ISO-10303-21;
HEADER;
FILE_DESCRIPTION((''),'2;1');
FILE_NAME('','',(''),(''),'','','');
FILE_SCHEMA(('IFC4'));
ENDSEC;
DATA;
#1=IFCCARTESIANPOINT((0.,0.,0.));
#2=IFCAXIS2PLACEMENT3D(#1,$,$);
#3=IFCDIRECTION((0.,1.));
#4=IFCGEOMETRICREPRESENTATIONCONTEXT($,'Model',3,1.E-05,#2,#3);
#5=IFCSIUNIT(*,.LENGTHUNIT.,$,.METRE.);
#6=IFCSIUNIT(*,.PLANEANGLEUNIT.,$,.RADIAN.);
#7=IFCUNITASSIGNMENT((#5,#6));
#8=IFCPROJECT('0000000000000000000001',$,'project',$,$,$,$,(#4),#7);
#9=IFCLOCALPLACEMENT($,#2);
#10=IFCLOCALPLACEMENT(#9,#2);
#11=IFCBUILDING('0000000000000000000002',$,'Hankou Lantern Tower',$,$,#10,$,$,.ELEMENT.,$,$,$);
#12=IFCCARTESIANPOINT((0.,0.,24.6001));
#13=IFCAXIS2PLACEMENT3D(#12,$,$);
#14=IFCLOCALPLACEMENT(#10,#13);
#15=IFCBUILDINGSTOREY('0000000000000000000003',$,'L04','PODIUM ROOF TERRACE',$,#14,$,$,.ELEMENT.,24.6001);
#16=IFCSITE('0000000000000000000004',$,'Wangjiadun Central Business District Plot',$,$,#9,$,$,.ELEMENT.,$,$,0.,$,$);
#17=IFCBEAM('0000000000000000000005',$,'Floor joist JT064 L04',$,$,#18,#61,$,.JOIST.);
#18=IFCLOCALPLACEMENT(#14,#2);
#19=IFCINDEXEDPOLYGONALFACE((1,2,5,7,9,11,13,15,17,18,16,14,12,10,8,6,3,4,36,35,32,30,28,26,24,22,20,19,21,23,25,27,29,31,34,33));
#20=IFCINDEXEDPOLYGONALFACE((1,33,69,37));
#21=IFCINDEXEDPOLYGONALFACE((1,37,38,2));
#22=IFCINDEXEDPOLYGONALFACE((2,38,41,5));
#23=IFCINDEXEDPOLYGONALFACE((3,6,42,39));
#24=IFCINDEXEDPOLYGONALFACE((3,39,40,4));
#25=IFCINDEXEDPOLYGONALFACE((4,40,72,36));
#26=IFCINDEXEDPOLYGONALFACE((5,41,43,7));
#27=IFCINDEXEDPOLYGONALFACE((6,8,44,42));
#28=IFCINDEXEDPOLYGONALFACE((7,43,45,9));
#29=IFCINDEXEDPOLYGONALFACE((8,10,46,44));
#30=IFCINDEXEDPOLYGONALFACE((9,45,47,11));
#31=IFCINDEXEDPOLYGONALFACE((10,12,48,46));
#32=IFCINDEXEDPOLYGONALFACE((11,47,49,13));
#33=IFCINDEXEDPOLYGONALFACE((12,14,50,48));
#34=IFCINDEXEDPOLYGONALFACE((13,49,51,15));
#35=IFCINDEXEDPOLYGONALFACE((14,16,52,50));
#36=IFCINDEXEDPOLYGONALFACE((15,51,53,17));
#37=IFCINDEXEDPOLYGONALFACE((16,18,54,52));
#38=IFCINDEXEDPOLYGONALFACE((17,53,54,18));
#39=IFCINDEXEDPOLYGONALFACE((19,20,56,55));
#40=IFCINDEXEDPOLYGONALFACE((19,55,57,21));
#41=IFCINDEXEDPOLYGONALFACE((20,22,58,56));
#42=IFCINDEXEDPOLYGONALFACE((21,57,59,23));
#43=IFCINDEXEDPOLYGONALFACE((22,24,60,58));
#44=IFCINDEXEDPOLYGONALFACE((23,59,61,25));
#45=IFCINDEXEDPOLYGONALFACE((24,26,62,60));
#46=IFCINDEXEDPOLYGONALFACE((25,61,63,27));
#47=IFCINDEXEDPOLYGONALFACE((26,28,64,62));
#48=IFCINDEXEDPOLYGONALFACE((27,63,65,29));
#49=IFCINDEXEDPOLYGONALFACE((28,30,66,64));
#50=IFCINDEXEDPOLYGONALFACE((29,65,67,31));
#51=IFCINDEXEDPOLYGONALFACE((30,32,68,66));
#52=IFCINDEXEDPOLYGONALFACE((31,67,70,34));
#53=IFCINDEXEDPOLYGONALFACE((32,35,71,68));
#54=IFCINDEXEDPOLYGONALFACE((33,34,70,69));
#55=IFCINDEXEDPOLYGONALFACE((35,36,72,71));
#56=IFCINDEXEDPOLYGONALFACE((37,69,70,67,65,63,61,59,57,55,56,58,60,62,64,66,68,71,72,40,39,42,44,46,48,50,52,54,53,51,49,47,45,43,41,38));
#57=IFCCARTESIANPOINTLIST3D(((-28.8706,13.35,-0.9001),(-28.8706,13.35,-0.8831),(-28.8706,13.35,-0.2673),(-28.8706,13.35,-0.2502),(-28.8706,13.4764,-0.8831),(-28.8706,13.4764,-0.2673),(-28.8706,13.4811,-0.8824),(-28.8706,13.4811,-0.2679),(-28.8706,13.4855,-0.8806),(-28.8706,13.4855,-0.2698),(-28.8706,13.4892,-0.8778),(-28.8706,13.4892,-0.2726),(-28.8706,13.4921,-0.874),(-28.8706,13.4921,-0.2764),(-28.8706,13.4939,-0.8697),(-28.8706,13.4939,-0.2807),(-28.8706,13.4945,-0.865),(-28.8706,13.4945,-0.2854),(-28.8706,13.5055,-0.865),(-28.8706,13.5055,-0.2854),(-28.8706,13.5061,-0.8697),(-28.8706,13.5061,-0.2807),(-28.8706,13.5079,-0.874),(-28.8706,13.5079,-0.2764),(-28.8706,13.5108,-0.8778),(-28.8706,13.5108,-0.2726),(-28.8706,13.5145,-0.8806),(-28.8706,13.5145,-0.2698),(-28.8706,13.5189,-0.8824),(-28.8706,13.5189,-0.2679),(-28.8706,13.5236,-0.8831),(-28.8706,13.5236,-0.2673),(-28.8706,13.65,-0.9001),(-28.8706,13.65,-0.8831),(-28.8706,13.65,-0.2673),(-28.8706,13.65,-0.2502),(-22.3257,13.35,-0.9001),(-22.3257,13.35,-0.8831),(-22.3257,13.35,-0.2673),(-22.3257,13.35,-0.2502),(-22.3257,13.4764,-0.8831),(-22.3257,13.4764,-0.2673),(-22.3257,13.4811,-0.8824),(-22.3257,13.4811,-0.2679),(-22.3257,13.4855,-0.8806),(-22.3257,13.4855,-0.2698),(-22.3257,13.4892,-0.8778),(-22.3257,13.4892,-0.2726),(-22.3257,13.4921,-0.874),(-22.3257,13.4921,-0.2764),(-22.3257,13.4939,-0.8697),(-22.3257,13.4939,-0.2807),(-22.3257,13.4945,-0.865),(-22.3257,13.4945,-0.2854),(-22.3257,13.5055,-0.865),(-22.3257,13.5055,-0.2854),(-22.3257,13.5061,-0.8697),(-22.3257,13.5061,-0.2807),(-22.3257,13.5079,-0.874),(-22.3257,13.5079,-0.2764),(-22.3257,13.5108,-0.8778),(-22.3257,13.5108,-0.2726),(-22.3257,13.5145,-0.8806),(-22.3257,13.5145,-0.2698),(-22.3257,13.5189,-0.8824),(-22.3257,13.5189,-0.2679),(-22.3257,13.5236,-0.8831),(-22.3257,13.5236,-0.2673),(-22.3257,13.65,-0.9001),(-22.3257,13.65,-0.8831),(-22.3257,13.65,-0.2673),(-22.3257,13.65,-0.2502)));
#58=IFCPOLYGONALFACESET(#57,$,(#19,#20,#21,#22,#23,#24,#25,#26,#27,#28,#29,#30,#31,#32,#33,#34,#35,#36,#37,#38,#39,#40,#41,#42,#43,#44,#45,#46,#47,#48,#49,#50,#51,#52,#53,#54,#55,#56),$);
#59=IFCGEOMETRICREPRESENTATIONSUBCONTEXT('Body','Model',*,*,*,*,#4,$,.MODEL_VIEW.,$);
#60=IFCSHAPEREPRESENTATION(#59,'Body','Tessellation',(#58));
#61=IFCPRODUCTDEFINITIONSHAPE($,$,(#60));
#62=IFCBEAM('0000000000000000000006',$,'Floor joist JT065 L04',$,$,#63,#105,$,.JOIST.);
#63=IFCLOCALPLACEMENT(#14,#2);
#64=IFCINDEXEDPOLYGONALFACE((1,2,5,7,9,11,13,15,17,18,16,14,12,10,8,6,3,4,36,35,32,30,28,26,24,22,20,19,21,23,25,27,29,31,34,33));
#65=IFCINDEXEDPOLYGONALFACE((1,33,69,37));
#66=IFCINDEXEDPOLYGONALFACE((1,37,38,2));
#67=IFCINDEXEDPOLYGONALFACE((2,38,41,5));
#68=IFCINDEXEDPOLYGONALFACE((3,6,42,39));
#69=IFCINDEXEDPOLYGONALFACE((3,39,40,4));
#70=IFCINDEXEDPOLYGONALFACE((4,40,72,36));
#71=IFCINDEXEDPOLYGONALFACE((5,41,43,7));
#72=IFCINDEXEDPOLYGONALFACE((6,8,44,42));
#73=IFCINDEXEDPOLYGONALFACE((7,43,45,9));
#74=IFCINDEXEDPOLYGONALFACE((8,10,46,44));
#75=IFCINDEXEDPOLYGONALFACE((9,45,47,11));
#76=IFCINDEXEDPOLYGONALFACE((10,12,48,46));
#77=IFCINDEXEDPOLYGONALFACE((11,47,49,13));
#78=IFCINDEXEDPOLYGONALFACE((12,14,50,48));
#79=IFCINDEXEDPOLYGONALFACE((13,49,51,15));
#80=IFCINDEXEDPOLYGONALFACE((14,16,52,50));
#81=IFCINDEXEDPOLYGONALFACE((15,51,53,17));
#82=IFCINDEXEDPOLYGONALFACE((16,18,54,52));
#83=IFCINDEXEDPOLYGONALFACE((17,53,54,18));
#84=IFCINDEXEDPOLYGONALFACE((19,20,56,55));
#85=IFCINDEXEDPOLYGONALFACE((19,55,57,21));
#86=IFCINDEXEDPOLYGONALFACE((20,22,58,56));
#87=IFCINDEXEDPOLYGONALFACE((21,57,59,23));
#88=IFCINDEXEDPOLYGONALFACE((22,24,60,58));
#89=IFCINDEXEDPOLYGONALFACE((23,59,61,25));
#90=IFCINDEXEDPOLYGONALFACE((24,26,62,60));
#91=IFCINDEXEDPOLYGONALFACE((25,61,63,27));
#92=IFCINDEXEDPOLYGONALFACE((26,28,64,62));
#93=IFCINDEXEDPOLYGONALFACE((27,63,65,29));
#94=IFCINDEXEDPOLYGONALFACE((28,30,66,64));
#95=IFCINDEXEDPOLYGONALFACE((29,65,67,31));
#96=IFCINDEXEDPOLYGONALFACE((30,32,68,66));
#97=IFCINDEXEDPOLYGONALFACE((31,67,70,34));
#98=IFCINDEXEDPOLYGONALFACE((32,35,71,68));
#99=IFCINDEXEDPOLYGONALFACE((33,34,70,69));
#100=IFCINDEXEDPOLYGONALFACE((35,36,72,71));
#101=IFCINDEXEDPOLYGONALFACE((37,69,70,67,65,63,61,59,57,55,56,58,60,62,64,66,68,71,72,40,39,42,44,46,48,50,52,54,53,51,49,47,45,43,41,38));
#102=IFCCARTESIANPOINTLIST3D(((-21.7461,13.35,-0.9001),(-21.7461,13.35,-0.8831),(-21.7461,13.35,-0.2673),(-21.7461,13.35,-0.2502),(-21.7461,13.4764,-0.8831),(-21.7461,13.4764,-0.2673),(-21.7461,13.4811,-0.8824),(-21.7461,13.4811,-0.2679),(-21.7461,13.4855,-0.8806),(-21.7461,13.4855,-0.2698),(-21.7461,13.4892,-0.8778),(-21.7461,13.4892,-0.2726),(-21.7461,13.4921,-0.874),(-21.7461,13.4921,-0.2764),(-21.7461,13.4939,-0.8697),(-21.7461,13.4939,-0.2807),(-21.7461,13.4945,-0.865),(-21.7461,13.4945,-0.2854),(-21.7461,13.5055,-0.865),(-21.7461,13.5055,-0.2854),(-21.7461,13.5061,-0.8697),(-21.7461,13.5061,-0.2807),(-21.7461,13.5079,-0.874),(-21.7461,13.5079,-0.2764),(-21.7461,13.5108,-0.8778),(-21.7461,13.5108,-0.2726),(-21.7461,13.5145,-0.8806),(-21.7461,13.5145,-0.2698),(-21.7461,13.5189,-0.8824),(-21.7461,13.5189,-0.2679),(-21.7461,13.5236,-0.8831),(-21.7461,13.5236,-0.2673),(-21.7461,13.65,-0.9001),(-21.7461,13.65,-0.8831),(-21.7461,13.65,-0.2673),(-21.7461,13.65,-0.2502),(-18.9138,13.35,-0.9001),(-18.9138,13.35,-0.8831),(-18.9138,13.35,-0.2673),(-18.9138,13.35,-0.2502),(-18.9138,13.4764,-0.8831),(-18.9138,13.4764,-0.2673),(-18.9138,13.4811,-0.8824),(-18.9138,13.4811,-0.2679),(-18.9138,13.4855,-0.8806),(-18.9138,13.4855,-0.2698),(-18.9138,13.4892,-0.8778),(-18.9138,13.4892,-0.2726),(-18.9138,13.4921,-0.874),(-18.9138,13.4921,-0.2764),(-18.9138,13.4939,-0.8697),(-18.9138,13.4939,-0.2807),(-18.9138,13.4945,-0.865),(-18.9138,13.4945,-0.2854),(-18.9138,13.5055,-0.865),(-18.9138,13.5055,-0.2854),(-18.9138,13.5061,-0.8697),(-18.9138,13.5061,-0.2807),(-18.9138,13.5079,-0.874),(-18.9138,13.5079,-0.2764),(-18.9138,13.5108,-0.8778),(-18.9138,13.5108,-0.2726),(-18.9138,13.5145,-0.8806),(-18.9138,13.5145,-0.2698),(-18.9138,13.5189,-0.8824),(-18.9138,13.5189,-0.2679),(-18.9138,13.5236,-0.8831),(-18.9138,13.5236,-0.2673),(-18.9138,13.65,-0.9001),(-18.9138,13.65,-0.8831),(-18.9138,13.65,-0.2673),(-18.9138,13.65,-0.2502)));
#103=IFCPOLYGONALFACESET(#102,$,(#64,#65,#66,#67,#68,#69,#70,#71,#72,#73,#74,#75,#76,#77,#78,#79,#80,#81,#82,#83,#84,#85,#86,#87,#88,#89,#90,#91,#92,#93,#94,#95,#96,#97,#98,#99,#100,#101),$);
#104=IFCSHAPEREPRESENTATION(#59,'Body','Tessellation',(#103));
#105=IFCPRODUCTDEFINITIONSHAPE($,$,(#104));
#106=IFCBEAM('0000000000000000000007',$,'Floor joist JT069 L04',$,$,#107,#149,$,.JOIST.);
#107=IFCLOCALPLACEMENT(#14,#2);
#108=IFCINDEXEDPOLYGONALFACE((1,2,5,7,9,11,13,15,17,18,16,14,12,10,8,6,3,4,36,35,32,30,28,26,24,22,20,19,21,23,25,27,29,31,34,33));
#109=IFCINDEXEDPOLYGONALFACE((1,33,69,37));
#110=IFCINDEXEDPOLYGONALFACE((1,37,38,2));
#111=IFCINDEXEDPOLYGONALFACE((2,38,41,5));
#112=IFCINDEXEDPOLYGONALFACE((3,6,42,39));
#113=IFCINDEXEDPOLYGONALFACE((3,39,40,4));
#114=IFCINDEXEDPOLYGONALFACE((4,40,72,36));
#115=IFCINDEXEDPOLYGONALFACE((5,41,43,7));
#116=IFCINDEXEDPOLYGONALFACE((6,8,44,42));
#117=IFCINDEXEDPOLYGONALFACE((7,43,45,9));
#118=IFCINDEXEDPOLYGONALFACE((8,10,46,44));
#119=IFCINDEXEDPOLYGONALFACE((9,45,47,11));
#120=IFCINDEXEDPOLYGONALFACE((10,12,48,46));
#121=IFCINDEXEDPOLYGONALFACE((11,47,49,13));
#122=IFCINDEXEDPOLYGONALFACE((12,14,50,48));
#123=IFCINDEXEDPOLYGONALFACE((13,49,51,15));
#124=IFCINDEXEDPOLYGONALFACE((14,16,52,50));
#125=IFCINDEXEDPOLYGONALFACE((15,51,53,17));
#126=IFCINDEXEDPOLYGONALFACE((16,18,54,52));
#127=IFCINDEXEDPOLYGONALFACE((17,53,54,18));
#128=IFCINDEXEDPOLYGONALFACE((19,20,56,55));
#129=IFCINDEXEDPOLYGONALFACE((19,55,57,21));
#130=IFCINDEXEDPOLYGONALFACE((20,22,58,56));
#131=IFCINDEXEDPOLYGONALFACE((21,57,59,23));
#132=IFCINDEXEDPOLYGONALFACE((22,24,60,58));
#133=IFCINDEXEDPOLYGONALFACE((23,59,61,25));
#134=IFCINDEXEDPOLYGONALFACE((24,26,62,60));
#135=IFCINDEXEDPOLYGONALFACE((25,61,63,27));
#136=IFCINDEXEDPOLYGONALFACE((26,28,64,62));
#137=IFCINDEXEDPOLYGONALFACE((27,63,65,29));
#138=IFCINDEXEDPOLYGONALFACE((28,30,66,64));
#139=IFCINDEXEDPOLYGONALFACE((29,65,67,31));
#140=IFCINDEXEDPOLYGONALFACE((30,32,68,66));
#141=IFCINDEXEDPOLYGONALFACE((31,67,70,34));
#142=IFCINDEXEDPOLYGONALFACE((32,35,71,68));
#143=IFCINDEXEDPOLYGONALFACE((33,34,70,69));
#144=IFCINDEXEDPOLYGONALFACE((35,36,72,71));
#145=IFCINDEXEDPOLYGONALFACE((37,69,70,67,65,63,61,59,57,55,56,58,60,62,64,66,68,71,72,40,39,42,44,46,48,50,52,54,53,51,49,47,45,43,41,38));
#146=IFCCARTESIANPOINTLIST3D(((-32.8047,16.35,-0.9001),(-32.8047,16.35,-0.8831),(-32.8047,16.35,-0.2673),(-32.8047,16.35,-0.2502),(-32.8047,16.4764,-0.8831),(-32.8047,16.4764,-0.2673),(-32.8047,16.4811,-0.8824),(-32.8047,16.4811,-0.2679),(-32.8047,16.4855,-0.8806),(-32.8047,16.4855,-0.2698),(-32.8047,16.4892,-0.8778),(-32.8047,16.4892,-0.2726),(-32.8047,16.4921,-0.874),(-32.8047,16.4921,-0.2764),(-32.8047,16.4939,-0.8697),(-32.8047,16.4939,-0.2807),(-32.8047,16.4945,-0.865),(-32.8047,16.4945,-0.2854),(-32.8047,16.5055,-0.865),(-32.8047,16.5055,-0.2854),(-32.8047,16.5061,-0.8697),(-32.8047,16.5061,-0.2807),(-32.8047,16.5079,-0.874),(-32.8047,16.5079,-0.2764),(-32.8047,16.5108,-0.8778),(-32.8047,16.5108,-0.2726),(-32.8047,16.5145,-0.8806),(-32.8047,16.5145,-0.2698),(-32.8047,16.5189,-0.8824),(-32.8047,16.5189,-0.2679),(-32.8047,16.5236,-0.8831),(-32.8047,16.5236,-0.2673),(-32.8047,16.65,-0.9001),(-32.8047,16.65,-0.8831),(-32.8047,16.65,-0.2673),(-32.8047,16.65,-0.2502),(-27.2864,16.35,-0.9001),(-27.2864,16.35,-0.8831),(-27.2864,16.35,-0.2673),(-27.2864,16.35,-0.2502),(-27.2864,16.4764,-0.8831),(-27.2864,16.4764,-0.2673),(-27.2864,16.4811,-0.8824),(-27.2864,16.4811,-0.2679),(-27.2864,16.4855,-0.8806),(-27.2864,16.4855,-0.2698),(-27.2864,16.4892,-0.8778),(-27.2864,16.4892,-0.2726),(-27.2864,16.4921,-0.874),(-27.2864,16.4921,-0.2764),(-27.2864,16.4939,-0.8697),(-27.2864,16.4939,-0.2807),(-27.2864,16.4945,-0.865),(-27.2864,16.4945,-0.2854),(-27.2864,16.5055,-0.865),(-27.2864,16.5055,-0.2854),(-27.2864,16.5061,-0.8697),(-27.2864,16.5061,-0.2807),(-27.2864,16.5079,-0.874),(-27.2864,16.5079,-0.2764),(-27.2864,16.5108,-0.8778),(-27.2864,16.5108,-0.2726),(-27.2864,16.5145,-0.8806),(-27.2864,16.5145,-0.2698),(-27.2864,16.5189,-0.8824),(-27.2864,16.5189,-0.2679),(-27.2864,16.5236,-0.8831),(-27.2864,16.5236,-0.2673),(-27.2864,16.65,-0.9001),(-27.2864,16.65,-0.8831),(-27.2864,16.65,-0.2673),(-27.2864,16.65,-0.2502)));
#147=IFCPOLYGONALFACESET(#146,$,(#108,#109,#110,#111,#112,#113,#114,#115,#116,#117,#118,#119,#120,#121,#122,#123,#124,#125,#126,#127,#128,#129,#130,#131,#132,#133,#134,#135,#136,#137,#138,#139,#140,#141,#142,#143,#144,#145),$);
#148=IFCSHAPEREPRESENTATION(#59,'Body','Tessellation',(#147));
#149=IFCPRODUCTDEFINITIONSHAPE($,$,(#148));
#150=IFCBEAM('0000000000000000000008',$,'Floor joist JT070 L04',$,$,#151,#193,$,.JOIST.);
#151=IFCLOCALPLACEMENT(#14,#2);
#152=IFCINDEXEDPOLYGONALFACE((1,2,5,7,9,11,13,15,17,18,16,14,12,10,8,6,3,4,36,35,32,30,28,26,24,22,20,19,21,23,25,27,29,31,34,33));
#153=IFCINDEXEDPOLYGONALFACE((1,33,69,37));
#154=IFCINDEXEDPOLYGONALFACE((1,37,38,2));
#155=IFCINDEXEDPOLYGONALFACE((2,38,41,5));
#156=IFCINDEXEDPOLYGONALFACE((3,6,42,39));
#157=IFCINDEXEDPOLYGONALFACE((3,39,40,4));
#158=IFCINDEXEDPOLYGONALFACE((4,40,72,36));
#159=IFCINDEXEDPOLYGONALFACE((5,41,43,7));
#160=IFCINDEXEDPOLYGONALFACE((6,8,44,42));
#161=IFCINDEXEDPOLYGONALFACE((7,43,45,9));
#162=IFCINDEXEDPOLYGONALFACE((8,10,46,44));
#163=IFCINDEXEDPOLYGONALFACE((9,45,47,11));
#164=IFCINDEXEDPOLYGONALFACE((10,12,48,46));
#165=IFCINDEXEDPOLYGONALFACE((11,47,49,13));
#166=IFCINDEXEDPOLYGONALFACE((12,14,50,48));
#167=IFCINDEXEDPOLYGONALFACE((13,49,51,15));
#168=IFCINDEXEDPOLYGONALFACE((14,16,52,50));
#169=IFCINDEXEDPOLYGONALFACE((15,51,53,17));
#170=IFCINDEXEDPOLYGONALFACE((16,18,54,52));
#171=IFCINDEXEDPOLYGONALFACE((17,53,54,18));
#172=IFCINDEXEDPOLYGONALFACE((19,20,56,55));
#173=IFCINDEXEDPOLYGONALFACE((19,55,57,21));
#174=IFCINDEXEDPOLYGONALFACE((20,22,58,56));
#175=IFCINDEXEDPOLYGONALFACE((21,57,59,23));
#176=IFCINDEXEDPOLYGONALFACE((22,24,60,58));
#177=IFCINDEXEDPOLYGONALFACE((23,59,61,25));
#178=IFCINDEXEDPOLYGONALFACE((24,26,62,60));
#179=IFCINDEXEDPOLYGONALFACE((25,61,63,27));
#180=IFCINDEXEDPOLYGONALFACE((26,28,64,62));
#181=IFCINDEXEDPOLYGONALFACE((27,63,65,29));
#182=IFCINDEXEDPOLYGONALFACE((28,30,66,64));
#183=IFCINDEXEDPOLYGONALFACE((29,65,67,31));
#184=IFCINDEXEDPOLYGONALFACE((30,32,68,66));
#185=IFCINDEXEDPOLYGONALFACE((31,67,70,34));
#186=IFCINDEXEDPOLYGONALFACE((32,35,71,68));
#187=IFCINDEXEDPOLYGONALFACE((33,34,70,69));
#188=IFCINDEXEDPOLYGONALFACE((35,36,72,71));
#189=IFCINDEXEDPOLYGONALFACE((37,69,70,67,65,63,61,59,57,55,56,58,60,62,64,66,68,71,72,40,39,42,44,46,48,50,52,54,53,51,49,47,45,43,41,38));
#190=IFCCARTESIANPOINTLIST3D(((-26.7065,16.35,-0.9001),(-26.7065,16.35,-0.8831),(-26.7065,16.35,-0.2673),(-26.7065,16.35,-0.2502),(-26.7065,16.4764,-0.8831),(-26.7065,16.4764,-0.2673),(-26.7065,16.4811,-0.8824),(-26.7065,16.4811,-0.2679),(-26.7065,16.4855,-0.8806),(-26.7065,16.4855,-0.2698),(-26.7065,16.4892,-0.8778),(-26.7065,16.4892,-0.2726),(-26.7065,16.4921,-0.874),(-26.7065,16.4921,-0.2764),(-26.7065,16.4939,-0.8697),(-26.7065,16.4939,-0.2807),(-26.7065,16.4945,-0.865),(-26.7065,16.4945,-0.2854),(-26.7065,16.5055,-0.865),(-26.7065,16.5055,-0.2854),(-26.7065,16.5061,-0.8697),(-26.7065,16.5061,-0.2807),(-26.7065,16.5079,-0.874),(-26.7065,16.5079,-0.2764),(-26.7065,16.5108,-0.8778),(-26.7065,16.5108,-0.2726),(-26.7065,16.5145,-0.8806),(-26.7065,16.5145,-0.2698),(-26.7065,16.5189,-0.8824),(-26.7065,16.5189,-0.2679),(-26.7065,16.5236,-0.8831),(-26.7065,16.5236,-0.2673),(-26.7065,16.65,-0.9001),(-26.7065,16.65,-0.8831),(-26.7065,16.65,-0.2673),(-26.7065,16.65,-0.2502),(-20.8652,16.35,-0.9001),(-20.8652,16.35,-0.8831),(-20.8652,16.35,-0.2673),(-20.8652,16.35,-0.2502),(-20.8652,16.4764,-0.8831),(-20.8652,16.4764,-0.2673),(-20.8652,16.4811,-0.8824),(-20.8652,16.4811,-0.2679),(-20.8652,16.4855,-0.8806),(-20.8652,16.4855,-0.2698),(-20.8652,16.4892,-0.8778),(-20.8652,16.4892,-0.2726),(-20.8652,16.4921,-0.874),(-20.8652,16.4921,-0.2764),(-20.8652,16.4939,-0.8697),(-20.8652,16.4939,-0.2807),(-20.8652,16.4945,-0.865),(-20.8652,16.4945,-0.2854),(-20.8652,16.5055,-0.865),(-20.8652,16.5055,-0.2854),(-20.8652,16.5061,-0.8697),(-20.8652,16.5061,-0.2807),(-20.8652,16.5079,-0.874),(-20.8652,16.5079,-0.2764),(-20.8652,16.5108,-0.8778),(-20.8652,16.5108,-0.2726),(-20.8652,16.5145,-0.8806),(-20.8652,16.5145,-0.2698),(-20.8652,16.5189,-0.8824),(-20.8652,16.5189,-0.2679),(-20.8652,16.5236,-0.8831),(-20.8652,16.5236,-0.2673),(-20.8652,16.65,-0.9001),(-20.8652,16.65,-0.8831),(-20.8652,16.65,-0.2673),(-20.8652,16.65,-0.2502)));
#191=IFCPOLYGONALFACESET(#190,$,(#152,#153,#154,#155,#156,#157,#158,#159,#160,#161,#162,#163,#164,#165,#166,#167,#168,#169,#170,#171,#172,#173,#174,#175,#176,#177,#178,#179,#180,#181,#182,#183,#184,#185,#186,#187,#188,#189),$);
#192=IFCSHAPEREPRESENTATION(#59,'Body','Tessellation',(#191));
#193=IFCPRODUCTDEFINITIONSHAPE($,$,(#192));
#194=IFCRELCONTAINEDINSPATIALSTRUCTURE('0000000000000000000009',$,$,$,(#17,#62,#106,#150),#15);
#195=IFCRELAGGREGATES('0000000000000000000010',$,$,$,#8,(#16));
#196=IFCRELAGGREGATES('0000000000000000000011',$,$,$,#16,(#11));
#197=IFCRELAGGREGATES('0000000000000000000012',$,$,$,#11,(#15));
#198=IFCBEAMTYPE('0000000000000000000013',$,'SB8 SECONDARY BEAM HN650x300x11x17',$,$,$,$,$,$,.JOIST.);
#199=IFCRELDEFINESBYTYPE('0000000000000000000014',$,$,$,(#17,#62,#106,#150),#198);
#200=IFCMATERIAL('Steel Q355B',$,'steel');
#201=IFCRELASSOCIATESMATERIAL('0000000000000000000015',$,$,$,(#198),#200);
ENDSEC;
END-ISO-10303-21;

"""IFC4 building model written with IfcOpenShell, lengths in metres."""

from ifc_helpers import new_model, si_unit, direction, frame, origin, origin_2d, place, context, subcontext, project, spatial, i_section, extrude, material, material_profile, profile_set, type_object, element, save


model = new_model("IFC4")

# Units and contexts
model_context = context("Model", 3, precision=1e-05, world=origin(), true_north=direction((0.0, 1.0)))
body_context = subcontext(model_context, "Body", "Model", "MODEL_VIEW")
ifc_project = project(units=[si_unit("LENGTHUNIT", "METRE"), si_unit("PLANEANGLEUNIT", "RADIAN")], contexts=[model_context])

# Site, building, storey
site_placement = place(None, origin())
site = spatial("IfcSite", under=ifc_project, at=site_placement, Name="Wangjiadun Central Business District Plot", CompositionType="ELEMENT", RefElevation=0.0)
building_placement = place(site_placement, origin())
building = spatial("IfcBuilding", under=site, at=building_placement, Name="Hankou Lantern Tower", CompositionType="ELEMENT")
storey_placement = place(building_placement, frame((0.0, 0.0, 24.6001)))
storey = spatial("IfcBuildingStorey", under=building, at=storey_placement, Name="L04", Description="PODIUM ROOF TERRACE", CompositionType="ELEMENT", Elevation=24.6001)

# Beams
ifc_material_1 = material(Name="Steel Q355B", Category="steel")
ifc_material_profile_1 = material_profile(ifc_material_1, i_section(OverallWidth=0.3, OverallDepth=0.6499, WebThickness=0.011, FlangeThickness=0.0171, FilletRadius=0.0181, at=origin_2d()), Name="HN650x300x11x17")
ifc_profile_set_1 = profile_set([ifc_material_profile_1], Name="Steel Q355B")
beam_type_1 = type_object("IfcBeamType", Name="SB8 SECONDARY BEAM HN650x300x11x17", PredefinedType="JOIST", material=ifc_profile_set_1)
beam_1_placement = place(storey_placement, frame((-28.8706, 13.5, -0.5752), z_axis=(1.0, 0.0, 0.0), x_axis=(0.0, 1.0, 0.0)))
element("IfcBeam", 1, at=beam_1_placement, inside=storey, type_object=beam_type_1, Name="Floor joist JT064 L04", PredefinedType="JOIST", context=body_context, shape_type="SweptSolid", body=[
    extrude(i_section(OverallWidth=0.3, OverallDepth=0.6499, WebThickness=0.011, FlangeThickness=0.0171, FilletRadius=0.0181, at=origin_2d()), origin(), (0.0, 0.0, 1.0), 6.5449),
])
beam_2_placement = place(storey_placement, frame((-21.7461, 13.5, -0.5752), z_axis=(1.0, 0.0, 0.0), x_axis=(0.0, 1.0, 0.0)))
element("IfcBeam", 2, at=beam_2_placement, inside=storey, type_object=beam_type_1, Name="Floor joist JT065 L04", PredefinedType="JOIST", context=body_context, shape_type="SweptSolid", body=[
    extrude(i_section(OverallWidth=0.3, OverallDepth=0.6499, WebThickness=0.011, FlangeThickness=0.0171, FilletRadius=0.0181, at=origin_2d()), origin(), (0.0, 0.0, 1.0), 2.8323),
])
beam_3_placement = place(storey_placement, frame((-32.8047, 16.5, -0.5752), z_axis=(1.0, 0.0, 0.0), x_axis=(0.0, 1.0, 0.0)))
element("IfcBeam", 3, at=beam_3_placement, inside=storey, type_object=beam_type_1, Name="Floor joist JT069 L04", PredefinedType="JOIST", context=body_context, shape_type="SweptSolid", body=[
    extrude(i_section(OverallWidth=0.3, OverallDepth=0.6499, WebThickness=0.011, FlangeThickness=0.0171, FilletRadius=0.0181, at=origin_2d()), origin(), (0.0, 0.0, 1.0), 5.5183),
])
beam_4_placement = place(storey_placement, frame((-26.7065, 16.5, -0.5752), z_axis=(1.0, 0.0, 0.0), x_axis=(0.0, 1.0, 0.0)))
element("IfcBeam", 4, at=beam_4_placement, inside=storey, type_object=beam_type_1, Name="Floor joist JT070 L04", PredefinedType="JOIST", context=body_context, shape_type="SweptSolid", body=[
    extrude(i_section(OverallWidth=0.3, OverallDepth=0.6499, WebThickness=0.011, FlangeThickness=0.0171, FilletRadius=0.0181, at=origin_2d()), origin(), (0.0, 0.0, 1.0), 5.8413),
])

save(model, "model.ifc")
